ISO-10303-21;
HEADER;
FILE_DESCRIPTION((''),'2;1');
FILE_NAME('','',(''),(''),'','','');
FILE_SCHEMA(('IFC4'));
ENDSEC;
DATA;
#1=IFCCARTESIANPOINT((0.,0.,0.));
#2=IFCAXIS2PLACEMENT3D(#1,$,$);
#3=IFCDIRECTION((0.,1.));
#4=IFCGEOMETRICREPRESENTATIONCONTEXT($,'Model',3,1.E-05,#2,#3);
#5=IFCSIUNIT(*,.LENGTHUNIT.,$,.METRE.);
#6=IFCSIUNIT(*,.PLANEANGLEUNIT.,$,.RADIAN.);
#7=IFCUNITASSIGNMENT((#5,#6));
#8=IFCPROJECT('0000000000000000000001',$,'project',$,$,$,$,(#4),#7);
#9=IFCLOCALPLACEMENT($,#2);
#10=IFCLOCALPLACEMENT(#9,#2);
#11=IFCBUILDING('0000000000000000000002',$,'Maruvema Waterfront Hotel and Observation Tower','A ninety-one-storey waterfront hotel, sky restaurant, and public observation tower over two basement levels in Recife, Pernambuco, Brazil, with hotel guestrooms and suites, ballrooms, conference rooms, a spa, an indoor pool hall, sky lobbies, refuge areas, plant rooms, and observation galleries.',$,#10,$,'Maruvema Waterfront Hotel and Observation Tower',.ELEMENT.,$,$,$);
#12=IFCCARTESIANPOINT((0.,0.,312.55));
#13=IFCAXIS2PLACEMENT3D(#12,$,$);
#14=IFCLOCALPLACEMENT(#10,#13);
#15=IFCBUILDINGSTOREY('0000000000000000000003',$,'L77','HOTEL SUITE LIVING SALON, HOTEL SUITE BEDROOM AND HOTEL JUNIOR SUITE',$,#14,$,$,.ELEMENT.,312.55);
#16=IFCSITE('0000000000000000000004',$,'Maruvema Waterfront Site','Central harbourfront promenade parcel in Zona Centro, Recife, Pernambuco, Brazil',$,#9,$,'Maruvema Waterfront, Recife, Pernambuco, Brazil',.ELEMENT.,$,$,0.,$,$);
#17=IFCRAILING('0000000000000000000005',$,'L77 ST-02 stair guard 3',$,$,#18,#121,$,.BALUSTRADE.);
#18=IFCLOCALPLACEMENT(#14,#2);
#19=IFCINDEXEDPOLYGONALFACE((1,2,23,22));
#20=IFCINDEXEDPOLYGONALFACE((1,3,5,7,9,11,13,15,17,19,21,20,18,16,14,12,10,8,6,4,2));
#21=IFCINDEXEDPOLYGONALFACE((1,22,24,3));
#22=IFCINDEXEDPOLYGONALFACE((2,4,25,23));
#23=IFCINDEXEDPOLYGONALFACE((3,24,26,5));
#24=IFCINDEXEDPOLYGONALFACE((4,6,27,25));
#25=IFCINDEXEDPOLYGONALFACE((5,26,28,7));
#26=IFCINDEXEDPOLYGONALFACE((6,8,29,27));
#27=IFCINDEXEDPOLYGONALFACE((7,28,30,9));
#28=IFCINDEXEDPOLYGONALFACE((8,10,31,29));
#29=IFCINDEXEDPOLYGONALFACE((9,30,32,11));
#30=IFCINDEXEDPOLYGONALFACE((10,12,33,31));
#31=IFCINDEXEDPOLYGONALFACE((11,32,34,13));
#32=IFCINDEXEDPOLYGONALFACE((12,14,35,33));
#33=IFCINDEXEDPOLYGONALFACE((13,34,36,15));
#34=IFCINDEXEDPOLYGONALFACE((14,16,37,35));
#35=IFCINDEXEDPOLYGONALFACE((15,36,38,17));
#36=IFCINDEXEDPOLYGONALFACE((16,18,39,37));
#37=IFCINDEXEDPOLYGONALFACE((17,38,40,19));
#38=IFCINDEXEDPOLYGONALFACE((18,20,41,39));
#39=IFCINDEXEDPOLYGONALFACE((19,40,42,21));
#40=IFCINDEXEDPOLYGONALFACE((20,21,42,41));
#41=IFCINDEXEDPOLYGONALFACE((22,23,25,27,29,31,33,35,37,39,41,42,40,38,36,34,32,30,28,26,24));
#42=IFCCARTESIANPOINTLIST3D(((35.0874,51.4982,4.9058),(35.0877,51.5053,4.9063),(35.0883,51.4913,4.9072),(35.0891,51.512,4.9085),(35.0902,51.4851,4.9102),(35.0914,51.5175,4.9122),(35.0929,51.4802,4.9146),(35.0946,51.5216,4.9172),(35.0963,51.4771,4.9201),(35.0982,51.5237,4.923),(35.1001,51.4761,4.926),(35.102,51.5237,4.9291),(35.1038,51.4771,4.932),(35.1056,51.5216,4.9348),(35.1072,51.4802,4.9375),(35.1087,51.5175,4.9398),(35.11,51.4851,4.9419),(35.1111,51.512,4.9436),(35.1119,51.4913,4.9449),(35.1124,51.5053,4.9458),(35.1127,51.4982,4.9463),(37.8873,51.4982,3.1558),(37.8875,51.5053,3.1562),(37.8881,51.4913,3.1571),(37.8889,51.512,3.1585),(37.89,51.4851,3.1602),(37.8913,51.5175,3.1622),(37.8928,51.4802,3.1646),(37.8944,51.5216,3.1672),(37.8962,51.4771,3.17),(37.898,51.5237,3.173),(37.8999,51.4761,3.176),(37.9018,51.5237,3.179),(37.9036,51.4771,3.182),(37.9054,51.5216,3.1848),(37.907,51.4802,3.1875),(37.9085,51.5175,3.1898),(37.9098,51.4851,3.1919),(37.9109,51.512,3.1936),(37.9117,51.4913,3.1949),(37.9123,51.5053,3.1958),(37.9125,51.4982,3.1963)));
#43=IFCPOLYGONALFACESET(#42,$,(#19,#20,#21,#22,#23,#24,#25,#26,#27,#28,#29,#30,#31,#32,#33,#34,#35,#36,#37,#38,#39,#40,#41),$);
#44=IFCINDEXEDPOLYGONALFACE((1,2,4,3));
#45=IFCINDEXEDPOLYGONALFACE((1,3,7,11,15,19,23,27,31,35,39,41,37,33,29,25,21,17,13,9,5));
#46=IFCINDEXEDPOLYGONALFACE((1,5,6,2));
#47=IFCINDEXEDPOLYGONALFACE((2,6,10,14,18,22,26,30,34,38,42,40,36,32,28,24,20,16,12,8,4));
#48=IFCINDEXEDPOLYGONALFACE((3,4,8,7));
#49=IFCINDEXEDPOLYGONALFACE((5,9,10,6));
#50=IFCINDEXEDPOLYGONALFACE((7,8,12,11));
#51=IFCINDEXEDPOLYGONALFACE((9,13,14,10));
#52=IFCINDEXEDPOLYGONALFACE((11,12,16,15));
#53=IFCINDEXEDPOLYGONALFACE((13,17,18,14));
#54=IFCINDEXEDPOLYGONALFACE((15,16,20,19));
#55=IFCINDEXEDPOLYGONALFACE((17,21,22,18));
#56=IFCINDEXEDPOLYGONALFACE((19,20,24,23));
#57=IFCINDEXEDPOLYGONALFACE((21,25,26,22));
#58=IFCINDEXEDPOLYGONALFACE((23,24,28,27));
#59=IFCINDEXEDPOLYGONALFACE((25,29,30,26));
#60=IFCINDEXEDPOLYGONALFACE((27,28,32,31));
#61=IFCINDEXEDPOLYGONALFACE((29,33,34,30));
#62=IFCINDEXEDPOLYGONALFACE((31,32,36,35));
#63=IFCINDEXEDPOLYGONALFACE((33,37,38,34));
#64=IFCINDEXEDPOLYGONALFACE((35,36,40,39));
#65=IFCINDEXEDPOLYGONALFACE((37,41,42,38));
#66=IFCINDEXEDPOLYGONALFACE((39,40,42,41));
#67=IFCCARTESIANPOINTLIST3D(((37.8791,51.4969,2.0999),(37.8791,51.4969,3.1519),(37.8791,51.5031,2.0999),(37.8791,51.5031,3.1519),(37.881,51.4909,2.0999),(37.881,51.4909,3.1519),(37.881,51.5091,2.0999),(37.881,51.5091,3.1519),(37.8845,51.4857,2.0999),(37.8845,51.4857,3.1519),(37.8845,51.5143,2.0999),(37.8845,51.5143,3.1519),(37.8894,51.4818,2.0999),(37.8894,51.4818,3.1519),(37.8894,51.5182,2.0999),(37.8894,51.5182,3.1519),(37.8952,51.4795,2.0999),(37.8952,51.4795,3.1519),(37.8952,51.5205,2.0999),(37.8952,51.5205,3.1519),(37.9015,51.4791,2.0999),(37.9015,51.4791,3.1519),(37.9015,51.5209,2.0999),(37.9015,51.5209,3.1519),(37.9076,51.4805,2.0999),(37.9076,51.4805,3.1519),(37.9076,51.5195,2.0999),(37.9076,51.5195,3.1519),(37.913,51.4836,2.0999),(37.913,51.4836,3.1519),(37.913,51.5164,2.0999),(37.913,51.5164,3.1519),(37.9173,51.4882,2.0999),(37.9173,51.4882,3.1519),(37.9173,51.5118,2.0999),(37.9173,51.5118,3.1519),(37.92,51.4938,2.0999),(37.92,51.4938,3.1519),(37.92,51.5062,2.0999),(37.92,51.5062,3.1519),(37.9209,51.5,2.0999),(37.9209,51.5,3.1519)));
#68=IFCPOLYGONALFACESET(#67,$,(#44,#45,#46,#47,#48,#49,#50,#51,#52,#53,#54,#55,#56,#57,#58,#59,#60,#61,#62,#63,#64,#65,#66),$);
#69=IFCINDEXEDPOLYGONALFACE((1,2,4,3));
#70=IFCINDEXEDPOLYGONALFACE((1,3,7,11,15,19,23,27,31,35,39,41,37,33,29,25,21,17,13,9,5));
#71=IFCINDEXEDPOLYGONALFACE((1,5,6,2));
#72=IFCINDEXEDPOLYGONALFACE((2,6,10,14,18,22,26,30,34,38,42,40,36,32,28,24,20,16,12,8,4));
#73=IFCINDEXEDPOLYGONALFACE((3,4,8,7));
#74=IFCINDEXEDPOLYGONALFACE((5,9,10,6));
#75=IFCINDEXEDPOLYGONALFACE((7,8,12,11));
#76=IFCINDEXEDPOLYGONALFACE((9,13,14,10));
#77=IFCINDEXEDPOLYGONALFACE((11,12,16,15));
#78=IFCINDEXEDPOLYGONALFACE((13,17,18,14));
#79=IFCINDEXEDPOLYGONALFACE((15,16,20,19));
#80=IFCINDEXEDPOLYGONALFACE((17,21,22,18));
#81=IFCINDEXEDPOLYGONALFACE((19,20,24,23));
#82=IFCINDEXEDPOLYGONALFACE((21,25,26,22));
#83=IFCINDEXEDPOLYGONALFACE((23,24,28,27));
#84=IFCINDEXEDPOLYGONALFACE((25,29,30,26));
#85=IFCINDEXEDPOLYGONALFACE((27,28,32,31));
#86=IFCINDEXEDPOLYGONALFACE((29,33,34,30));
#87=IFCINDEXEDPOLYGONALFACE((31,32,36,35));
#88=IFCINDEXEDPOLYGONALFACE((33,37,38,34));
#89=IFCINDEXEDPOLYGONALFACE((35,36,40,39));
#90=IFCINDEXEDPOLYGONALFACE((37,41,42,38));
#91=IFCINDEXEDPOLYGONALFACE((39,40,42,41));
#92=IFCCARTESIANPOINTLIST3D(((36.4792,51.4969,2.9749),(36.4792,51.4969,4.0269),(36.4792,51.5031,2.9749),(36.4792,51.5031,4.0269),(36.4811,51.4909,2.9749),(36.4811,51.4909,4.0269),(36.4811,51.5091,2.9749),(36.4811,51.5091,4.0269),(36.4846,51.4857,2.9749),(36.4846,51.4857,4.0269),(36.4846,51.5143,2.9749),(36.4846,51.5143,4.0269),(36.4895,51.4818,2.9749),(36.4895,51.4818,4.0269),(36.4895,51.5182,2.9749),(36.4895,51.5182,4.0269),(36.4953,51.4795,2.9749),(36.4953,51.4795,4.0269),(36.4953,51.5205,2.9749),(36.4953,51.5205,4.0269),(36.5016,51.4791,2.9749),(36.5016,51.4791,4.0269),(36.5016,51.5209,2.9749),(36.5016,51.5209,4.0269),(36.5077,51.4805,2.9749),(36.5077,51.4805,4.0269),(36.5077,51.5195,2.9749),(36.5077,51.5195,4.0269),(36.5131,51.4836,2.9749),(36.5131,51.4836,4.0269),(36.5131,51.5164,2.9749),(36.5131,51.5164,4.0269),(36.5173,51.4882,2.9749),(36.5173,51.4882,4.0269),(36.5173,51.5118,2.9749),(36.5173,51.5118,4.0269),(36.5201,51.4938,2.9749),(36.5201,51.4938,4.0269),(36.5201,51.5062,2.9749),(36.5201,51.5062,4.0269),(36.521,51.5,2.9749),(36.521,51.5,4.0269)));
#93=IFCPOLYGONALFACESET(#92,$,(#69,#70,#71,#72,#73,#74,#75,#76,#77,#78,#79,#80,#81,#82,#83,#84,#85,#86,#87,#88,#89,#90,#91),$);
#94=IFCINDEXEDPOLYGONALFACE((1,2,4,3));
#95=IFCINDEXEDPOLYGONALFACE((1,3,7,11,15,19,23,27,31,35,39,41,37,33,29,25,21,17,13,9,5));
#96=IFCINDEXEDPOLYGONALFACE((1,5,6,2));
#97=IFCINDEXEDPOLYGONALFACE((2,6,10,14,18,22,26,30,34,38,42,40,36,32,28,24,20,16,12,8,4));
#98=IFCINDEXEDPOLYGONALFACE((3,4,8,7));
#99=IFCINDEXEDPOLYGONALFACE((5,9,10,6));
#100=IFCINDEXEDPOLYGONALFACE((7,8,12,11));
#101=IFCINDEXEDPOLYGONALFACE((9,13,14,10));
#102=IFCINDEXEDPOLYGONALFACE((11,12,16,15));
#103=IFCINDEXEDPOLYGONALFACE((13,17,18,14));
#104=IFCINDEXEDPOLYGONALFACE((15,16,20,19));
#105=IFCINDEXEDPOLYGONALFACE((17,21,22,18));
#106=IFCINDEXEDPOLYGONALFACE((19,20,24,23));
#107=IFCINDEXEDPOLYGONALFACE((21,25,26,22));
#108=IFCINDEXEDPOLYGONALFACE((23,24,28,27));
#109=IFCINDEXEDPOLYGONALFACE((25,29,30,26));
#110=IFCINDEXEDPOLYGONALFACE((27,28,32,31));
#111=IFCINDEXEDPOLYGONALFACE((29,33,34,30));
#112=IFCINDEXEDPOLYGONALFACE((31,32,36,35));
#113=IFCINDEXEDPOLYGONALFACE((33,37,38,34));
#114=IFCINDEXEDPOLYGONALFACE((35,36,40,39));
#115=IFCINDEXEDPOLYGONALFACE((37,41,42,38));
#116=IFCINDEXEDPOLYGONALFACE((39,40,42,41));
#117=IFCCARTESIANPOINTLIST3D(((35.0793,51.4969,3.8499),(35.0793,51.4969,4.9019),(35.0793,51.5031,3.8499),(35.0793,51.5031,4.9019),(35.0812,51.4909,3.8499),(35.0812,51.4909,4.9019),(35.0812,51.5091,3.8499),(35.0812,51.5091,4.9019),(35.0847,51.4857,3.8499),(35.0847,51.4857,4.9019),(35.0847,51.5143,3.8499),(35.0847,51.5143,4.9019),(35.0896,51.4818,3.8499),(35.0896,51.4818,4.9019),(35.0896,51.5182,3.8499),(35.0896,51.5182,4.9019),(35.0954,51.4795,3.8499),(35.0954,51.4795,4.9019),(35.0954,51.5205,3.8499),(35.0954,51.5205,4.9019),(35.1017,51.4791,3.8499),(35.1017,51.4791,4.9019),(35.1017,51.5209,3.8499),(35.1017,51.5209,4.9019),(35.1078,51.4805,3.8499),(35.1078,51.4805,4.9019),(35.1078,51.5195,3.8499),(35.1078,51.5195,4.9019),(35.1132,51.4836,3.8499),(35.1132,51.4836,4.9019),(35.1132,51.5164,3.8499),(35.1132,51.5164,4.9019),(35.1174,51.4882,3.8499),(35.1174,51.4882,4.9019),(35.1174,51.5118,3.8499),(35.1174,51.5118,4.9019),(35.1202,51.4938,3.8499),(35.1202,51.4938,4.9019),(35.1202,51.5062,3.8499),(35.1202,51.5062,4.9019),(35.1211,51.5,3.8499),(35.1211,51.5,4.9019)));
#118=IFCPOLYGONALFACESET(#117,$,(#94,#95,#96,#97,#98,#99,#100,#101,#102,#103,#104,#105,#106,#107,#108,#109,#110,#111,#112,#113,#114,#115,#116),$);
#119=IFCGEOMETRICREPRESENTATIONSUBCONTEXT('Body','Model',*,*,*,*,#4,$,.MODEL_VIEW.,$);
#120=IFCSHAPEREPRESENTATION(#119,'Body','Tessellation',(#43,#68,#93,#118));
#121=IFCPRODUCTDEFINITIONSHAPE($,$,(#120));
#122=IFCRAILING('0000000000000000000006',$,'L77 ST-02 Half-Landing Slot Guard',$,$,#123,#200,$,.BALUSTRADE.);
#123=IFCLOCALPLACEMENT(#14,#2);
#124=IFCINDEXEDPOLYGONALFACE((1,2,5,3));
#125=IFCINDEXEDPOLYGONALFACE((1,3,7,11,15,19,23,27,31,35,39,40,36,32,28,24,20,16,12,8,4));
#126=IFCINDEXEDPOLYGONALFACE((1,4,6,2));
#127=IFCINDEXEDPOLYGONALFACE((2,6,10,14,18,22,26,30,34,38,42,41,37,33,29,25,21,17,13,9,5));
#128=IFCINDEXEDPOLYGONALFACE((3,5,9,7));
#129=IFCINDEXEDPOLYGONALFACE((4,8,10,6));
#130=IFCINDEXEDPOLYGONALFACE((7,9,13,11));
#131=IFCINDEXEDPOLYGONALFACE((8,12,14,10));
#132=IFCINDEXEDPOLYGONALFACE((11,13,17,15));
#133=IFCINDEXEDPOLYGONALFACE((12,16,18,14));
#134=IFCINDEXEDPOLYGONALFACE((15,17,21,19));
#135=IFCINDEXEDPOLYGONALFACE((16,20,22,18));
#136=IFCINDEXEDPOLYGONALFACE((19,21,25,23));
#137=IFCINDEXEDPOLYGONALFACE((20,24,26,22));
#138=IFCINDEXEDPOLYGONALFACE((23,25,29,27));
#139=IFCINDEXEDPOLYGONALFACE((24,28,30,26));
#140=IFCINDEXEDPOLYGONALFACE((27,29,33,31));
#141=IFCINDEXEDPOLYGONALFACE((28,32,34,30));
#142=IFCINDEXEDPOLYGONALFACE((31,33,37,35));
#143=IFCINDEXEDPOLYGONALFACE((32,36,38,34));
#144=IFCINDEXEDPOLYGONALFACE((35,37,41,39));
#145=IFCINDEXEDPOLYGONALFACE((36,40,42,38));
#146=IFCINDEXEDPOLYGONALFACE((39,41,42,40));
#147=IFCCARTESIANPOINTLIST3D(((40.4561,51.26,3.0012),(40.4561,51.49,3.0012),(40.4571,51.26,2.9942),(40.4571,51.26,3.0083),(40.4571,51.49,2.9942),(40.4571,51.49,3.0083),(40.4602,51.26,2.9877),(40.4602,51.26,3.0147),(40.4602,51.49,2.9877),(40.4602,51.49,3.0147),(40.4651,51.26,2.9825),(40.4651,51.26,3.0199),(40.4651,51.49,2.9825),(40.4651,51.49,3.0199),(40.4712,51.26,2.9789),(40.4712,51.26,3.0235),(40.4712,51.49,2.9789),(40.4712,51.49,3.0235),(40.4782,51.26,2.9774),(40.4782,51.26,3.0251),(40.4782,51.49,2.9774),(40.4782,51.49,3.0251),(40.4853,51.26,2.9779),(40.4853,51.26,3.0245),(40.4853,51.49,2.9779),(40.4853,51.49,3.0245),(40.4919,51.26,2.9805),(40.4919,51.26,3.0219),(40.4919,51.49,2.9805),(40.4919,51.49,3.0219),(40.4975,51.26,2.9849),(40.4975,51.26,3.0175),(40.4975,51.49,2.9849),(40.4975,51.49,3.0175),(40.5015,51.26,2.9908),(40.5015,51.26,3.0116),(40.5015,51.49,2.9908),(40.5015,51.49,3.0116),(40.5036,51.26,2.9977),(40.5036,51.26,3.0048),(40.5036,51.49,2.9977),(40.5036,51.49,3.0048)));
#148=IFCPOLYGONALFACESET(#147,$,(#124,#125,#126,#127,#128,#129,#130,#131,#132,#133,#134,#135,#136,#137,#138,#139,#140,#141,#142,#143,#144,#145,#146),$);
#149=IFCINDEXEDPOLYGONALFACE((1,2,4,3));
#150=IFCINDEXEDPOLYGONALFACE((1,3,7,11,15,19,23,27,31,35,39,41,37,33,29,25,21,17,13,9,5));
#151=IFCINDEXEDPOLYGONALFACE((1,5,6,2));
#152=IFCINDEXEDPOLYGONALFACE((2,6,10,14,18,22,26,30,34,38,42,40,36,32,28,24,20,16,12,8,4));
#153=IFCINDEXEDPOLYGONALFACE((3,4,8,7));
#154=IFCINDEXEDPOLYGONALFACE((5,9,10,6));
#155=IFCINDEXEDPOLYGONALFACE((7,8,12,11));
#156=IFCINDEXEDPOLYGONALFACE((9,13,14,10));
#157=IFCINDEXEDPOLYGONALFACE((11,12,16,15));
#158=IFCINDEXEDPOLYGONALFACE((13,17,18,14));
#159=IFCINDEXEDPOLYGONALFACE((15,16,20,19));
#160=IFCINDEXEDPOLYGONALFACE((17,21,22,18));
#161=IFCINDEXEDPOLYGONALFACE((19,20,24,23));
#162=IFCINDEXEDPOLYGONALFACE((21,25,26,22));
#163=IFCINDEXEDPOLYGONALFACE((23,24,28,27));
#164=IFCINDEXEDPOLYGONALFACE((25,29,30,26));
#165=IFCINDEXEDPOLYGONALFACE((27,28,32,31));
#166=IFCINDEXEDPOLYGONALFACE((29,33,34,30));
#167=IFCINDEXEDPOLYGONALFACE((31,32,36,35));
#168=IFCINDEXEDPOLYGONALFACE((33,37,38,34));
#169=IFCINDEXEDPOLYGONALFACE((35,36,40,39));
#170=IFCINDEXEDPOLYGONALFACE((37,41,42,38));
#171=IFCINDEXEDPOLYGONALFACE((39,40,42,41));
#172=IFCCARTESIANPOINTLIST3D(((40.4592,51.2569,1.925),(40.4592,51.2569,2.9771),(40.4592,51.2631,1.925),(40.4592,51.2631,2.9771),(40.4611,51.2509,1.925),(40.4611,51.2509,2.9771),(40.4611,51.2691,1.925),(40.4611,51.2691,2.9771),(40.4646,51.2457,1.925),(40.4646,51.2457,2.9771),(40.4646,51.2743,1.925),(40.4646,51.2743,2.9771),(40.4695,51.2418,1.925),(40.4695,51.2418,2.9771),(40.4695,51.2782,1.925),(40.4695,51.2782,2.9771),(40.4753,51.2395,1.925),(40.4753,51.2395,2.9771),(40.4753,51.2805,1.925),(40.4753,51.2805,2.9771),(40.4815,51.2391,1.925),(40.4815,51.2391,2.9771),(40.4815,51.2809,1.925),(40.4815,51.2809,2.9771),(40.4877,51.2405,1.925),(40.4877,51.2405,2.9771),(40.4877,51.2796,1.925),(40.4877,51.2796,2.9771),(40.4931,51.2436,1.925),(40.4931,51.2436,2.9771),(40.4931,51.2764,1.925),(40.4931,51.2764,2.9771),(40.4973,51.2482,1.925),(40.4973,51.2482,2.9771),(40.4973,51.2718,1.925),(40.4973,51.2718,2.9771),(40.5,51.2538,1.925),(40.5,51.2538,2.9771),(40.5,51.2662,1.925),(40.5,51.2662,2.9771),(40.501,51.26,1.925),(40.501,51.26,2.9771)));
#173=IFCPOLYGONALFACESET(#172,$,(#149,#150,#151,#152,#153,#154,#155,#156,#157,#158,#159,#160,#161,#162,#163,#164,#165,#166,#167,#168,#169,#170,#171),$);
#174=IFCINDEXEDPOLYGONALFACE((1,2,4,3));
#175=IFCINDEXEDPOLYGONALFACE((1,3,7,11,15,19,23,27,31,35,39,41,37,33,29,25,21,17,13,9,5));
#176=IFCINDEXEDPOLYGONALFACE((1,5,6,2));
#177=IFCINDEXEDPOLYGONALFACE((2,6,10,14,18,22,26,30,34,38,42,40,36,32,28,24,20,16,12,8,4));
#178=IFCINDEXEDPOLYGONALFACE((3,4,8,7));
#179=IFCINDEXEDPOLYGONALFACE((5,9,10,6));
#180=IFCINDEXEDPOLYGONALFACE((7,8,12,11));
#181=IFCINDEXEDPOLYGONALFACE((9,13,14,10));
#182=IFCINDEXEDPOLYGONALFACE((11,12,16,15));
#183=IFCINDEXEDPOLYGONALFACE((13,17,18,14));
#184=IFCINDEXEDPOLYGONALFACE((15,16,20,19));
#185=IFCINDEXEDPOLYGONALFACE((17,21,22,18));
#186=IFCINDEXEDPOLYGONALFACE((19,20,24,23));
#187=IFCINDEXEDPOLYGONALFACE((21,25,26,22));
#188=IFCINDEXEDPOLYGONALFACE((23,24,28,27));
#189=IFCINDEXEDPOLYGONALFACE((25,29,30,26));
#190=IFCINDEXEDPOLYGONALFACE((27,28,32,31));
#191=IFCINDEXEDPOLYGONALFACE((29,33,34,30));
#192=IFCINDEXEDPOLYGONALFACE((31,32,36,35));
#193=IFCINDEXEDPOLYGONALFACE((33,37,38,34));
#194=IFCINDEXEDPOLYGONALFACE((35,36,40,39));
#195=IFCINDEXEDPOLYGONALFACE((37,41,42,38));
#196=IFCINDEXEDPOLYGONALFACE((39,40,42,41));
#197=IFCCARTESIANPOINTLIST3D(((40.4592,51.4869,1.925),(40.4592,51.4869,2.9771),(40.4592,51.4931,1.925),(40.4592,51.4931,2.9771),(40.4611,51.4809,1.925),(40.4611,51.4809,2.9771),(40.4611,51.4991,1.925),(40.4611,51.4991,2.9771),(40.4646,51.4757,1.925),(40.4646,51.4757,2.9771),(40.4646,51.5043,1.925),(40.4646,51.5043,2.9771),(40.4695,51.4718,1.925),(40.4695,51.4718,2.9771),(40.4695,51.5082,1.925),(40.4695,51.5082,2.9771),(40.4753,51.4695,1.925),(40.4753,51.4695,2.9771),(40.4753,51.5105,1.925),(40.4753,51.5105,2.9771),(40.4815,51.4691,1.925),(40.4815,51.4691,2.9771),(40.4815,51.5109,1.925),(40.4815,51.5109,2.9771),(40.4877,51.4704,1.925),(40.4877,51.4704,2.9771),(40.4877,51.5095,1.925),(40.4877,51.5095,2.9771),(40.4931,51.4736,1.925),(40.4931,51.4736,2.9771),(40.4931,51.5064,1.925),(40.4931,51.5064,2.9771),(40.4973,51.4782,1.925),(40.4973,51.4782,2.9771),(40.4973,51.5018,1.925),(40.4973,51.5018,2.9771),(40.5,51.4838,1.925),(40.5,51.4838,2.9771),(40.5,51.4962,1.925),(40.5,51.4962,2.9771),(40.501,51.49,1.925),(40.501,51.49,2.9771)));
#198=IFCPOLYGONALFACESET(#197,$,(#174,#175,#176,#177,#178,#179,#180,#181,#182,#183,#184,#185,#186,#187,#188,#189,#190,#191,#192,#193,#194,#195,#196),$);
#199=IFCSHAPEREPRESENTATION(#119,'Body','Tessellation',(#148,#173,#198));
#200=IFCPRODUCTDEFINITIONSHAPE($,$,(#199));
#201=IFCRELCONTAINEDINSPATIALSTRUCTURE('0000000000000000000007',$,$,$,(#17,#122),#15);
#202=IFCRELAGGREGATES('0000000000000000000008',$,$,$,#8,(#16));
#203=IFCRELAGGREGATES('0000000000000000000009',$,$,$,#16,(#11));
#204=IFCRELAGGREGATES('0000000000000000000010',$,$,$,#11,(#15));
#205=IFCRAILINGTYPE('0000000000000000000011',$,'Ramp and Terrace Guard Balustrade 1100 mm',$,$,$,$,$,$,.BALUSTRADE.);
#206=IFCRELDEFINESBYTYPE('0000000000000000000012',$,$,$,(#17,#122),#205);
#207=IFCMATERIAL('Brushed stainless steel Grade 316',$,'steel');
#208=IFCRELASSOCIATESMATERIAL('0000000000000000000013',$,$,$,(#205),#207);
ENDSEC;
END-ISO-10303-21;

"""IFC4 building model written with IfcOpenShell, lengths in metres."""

from ifc_helpers import new_model, si_unit, direction, frame, origin, origin_2d, place, context, subcontext, project, spatial, circle, extrude, material, type_object, element, save


model = new_model("IFC4")

# Units and contexts
model_context = context("Model", 3, precision=1e-05, world=origin(), true_north=direction((0.0, 1.0)))
body_context = subcontext(model_context, "Body", "Model", "MODEL_VIEW")
ifc_project = project(units=[si_unit("LENGTHUNIT", "METRE"), si_unit("PLANEANGLEUNIT", "RADIAN")], contexts=[model_context])

# Site, building, storey
site_placement = place(None, origin())
site = spatial("IfcSite", under=ifc_project, at=site_placement, Name="Maruvema Waterfront Site", Description="Central harbourfront promenade parcel in Zona Centro, Recife, Pernambuco, Brazil", LongName="Maruvema Waterfront, Recife, Pernambuco, Brazil", CompositionType="ELEMENT", RefElevation=0.0)
building_placement = place(site_placement, origin())
building = spatial("IfcBuilding", under=site, at=building_placement, Name="Maruvema Waterfront Hotel and Observation Tower", Description="A ninety-one-storey waterfront hotel, sky restaurant, and public observation tower over two basement levels in Recife, Pernambuco, Brazil, with hotel guestrooms and suites, ballrooms, conference rooms, a spa, an indoor pool hall, sky lobbies, refuge areas, plant rooms, and observation galleries.", LongName="Maruvema Waterfront Hotel and Observation Tower", CompositionType="ELEMENT")
storey_placement = place(building_placement, frame((0.0, 0.0, 312.55)))
storey = spatial("IfcBuildingStorey", under=building, at=storey_placement, Name="L77", Description="HOTEL SUITE LIVING SALON, HOTEL SUITE BEDROOM AND HOTEL JUNIOR SUITE", CompositionType="ELEMENT", Elevation=312.55)

# Railings
ifc_material_1 = material(Name="Brushed stainless steel Grade 316", Category="steel")
railing_type_1 = type_object("IfcRailingType", Name="Ramp and Terrace Guard Balustrade 1100 mm", PredefinedType="BALUSTRADE", material=ifc_material_1)
railing_1_placement = place(storey_placement, frame((37.8999, 51.5, 2.0999)))
element("IfcRailing", 1, at=railing_1_placement, inside=storey, type_object=railing_type_1, Name="L77 ST-02 stair guard 3", PredefinedType="BALUSTRADE", context=body_context, shape_type="SweptSolid", body=[
    extrude(circle(Radius=0.0239, at=origin_2d()), frame((0.0, 0.0, 1.0762), z_axis=(-0.847982, 0.0, 0.530026), x_axis=(0.0, -1.0, 0.0)), (0.0, 0.0, 1.0), 3.3018),
    extrude(circle(Radius=0.021, at=origin_2d()), origin(), (0.0, 0.0, 1.0), 1.052),
    extrude(circle(Radius=0.021, at=origin_2d()), frame((-1.3999, 0.0, 0.875)), (0.0, 0.0, 1.0), 1.052),
    extrude(circle(Radius=0.021, at=origin_2d()), frame((-2.7998, 0.0, 1.75)), (0.0, 0.0, 1.0), 1.052),
])
railing_2_placement = place(storey_placement, frame((40.48, 51.26, 1.925)))
element("IfcRailing", 2, at=railing_2_placement, inside=storey, type_object=railing_type_1, Name="L77 ST-02 Half-Landing Slot Guard", PredefinedType="BALUSTRADE", context=body_context, shape_type="SweptSolid", body=[
    extrude(circle(Radius=0.0239, at=origin_2d()), frame((0.0, 0.0, 1.0762), z_axis=(0.0, 1.0, 0.0), x_axis=(-1.0, 0.0, 0.0)), (0.0, 0.0, 1.0), 0.23),
    extrude(circle(Radius=0.021, at=origin_2d()), origin(), (0.0, 0.0, 1.0), 1.052),
    extrude(circle(Radius=0.021, at=origin_2d()), frame((0.0, 0.23, 0.0)), (0.0, 0.0, 1.0), 1.052),
])

save(model, "model.ifc")
